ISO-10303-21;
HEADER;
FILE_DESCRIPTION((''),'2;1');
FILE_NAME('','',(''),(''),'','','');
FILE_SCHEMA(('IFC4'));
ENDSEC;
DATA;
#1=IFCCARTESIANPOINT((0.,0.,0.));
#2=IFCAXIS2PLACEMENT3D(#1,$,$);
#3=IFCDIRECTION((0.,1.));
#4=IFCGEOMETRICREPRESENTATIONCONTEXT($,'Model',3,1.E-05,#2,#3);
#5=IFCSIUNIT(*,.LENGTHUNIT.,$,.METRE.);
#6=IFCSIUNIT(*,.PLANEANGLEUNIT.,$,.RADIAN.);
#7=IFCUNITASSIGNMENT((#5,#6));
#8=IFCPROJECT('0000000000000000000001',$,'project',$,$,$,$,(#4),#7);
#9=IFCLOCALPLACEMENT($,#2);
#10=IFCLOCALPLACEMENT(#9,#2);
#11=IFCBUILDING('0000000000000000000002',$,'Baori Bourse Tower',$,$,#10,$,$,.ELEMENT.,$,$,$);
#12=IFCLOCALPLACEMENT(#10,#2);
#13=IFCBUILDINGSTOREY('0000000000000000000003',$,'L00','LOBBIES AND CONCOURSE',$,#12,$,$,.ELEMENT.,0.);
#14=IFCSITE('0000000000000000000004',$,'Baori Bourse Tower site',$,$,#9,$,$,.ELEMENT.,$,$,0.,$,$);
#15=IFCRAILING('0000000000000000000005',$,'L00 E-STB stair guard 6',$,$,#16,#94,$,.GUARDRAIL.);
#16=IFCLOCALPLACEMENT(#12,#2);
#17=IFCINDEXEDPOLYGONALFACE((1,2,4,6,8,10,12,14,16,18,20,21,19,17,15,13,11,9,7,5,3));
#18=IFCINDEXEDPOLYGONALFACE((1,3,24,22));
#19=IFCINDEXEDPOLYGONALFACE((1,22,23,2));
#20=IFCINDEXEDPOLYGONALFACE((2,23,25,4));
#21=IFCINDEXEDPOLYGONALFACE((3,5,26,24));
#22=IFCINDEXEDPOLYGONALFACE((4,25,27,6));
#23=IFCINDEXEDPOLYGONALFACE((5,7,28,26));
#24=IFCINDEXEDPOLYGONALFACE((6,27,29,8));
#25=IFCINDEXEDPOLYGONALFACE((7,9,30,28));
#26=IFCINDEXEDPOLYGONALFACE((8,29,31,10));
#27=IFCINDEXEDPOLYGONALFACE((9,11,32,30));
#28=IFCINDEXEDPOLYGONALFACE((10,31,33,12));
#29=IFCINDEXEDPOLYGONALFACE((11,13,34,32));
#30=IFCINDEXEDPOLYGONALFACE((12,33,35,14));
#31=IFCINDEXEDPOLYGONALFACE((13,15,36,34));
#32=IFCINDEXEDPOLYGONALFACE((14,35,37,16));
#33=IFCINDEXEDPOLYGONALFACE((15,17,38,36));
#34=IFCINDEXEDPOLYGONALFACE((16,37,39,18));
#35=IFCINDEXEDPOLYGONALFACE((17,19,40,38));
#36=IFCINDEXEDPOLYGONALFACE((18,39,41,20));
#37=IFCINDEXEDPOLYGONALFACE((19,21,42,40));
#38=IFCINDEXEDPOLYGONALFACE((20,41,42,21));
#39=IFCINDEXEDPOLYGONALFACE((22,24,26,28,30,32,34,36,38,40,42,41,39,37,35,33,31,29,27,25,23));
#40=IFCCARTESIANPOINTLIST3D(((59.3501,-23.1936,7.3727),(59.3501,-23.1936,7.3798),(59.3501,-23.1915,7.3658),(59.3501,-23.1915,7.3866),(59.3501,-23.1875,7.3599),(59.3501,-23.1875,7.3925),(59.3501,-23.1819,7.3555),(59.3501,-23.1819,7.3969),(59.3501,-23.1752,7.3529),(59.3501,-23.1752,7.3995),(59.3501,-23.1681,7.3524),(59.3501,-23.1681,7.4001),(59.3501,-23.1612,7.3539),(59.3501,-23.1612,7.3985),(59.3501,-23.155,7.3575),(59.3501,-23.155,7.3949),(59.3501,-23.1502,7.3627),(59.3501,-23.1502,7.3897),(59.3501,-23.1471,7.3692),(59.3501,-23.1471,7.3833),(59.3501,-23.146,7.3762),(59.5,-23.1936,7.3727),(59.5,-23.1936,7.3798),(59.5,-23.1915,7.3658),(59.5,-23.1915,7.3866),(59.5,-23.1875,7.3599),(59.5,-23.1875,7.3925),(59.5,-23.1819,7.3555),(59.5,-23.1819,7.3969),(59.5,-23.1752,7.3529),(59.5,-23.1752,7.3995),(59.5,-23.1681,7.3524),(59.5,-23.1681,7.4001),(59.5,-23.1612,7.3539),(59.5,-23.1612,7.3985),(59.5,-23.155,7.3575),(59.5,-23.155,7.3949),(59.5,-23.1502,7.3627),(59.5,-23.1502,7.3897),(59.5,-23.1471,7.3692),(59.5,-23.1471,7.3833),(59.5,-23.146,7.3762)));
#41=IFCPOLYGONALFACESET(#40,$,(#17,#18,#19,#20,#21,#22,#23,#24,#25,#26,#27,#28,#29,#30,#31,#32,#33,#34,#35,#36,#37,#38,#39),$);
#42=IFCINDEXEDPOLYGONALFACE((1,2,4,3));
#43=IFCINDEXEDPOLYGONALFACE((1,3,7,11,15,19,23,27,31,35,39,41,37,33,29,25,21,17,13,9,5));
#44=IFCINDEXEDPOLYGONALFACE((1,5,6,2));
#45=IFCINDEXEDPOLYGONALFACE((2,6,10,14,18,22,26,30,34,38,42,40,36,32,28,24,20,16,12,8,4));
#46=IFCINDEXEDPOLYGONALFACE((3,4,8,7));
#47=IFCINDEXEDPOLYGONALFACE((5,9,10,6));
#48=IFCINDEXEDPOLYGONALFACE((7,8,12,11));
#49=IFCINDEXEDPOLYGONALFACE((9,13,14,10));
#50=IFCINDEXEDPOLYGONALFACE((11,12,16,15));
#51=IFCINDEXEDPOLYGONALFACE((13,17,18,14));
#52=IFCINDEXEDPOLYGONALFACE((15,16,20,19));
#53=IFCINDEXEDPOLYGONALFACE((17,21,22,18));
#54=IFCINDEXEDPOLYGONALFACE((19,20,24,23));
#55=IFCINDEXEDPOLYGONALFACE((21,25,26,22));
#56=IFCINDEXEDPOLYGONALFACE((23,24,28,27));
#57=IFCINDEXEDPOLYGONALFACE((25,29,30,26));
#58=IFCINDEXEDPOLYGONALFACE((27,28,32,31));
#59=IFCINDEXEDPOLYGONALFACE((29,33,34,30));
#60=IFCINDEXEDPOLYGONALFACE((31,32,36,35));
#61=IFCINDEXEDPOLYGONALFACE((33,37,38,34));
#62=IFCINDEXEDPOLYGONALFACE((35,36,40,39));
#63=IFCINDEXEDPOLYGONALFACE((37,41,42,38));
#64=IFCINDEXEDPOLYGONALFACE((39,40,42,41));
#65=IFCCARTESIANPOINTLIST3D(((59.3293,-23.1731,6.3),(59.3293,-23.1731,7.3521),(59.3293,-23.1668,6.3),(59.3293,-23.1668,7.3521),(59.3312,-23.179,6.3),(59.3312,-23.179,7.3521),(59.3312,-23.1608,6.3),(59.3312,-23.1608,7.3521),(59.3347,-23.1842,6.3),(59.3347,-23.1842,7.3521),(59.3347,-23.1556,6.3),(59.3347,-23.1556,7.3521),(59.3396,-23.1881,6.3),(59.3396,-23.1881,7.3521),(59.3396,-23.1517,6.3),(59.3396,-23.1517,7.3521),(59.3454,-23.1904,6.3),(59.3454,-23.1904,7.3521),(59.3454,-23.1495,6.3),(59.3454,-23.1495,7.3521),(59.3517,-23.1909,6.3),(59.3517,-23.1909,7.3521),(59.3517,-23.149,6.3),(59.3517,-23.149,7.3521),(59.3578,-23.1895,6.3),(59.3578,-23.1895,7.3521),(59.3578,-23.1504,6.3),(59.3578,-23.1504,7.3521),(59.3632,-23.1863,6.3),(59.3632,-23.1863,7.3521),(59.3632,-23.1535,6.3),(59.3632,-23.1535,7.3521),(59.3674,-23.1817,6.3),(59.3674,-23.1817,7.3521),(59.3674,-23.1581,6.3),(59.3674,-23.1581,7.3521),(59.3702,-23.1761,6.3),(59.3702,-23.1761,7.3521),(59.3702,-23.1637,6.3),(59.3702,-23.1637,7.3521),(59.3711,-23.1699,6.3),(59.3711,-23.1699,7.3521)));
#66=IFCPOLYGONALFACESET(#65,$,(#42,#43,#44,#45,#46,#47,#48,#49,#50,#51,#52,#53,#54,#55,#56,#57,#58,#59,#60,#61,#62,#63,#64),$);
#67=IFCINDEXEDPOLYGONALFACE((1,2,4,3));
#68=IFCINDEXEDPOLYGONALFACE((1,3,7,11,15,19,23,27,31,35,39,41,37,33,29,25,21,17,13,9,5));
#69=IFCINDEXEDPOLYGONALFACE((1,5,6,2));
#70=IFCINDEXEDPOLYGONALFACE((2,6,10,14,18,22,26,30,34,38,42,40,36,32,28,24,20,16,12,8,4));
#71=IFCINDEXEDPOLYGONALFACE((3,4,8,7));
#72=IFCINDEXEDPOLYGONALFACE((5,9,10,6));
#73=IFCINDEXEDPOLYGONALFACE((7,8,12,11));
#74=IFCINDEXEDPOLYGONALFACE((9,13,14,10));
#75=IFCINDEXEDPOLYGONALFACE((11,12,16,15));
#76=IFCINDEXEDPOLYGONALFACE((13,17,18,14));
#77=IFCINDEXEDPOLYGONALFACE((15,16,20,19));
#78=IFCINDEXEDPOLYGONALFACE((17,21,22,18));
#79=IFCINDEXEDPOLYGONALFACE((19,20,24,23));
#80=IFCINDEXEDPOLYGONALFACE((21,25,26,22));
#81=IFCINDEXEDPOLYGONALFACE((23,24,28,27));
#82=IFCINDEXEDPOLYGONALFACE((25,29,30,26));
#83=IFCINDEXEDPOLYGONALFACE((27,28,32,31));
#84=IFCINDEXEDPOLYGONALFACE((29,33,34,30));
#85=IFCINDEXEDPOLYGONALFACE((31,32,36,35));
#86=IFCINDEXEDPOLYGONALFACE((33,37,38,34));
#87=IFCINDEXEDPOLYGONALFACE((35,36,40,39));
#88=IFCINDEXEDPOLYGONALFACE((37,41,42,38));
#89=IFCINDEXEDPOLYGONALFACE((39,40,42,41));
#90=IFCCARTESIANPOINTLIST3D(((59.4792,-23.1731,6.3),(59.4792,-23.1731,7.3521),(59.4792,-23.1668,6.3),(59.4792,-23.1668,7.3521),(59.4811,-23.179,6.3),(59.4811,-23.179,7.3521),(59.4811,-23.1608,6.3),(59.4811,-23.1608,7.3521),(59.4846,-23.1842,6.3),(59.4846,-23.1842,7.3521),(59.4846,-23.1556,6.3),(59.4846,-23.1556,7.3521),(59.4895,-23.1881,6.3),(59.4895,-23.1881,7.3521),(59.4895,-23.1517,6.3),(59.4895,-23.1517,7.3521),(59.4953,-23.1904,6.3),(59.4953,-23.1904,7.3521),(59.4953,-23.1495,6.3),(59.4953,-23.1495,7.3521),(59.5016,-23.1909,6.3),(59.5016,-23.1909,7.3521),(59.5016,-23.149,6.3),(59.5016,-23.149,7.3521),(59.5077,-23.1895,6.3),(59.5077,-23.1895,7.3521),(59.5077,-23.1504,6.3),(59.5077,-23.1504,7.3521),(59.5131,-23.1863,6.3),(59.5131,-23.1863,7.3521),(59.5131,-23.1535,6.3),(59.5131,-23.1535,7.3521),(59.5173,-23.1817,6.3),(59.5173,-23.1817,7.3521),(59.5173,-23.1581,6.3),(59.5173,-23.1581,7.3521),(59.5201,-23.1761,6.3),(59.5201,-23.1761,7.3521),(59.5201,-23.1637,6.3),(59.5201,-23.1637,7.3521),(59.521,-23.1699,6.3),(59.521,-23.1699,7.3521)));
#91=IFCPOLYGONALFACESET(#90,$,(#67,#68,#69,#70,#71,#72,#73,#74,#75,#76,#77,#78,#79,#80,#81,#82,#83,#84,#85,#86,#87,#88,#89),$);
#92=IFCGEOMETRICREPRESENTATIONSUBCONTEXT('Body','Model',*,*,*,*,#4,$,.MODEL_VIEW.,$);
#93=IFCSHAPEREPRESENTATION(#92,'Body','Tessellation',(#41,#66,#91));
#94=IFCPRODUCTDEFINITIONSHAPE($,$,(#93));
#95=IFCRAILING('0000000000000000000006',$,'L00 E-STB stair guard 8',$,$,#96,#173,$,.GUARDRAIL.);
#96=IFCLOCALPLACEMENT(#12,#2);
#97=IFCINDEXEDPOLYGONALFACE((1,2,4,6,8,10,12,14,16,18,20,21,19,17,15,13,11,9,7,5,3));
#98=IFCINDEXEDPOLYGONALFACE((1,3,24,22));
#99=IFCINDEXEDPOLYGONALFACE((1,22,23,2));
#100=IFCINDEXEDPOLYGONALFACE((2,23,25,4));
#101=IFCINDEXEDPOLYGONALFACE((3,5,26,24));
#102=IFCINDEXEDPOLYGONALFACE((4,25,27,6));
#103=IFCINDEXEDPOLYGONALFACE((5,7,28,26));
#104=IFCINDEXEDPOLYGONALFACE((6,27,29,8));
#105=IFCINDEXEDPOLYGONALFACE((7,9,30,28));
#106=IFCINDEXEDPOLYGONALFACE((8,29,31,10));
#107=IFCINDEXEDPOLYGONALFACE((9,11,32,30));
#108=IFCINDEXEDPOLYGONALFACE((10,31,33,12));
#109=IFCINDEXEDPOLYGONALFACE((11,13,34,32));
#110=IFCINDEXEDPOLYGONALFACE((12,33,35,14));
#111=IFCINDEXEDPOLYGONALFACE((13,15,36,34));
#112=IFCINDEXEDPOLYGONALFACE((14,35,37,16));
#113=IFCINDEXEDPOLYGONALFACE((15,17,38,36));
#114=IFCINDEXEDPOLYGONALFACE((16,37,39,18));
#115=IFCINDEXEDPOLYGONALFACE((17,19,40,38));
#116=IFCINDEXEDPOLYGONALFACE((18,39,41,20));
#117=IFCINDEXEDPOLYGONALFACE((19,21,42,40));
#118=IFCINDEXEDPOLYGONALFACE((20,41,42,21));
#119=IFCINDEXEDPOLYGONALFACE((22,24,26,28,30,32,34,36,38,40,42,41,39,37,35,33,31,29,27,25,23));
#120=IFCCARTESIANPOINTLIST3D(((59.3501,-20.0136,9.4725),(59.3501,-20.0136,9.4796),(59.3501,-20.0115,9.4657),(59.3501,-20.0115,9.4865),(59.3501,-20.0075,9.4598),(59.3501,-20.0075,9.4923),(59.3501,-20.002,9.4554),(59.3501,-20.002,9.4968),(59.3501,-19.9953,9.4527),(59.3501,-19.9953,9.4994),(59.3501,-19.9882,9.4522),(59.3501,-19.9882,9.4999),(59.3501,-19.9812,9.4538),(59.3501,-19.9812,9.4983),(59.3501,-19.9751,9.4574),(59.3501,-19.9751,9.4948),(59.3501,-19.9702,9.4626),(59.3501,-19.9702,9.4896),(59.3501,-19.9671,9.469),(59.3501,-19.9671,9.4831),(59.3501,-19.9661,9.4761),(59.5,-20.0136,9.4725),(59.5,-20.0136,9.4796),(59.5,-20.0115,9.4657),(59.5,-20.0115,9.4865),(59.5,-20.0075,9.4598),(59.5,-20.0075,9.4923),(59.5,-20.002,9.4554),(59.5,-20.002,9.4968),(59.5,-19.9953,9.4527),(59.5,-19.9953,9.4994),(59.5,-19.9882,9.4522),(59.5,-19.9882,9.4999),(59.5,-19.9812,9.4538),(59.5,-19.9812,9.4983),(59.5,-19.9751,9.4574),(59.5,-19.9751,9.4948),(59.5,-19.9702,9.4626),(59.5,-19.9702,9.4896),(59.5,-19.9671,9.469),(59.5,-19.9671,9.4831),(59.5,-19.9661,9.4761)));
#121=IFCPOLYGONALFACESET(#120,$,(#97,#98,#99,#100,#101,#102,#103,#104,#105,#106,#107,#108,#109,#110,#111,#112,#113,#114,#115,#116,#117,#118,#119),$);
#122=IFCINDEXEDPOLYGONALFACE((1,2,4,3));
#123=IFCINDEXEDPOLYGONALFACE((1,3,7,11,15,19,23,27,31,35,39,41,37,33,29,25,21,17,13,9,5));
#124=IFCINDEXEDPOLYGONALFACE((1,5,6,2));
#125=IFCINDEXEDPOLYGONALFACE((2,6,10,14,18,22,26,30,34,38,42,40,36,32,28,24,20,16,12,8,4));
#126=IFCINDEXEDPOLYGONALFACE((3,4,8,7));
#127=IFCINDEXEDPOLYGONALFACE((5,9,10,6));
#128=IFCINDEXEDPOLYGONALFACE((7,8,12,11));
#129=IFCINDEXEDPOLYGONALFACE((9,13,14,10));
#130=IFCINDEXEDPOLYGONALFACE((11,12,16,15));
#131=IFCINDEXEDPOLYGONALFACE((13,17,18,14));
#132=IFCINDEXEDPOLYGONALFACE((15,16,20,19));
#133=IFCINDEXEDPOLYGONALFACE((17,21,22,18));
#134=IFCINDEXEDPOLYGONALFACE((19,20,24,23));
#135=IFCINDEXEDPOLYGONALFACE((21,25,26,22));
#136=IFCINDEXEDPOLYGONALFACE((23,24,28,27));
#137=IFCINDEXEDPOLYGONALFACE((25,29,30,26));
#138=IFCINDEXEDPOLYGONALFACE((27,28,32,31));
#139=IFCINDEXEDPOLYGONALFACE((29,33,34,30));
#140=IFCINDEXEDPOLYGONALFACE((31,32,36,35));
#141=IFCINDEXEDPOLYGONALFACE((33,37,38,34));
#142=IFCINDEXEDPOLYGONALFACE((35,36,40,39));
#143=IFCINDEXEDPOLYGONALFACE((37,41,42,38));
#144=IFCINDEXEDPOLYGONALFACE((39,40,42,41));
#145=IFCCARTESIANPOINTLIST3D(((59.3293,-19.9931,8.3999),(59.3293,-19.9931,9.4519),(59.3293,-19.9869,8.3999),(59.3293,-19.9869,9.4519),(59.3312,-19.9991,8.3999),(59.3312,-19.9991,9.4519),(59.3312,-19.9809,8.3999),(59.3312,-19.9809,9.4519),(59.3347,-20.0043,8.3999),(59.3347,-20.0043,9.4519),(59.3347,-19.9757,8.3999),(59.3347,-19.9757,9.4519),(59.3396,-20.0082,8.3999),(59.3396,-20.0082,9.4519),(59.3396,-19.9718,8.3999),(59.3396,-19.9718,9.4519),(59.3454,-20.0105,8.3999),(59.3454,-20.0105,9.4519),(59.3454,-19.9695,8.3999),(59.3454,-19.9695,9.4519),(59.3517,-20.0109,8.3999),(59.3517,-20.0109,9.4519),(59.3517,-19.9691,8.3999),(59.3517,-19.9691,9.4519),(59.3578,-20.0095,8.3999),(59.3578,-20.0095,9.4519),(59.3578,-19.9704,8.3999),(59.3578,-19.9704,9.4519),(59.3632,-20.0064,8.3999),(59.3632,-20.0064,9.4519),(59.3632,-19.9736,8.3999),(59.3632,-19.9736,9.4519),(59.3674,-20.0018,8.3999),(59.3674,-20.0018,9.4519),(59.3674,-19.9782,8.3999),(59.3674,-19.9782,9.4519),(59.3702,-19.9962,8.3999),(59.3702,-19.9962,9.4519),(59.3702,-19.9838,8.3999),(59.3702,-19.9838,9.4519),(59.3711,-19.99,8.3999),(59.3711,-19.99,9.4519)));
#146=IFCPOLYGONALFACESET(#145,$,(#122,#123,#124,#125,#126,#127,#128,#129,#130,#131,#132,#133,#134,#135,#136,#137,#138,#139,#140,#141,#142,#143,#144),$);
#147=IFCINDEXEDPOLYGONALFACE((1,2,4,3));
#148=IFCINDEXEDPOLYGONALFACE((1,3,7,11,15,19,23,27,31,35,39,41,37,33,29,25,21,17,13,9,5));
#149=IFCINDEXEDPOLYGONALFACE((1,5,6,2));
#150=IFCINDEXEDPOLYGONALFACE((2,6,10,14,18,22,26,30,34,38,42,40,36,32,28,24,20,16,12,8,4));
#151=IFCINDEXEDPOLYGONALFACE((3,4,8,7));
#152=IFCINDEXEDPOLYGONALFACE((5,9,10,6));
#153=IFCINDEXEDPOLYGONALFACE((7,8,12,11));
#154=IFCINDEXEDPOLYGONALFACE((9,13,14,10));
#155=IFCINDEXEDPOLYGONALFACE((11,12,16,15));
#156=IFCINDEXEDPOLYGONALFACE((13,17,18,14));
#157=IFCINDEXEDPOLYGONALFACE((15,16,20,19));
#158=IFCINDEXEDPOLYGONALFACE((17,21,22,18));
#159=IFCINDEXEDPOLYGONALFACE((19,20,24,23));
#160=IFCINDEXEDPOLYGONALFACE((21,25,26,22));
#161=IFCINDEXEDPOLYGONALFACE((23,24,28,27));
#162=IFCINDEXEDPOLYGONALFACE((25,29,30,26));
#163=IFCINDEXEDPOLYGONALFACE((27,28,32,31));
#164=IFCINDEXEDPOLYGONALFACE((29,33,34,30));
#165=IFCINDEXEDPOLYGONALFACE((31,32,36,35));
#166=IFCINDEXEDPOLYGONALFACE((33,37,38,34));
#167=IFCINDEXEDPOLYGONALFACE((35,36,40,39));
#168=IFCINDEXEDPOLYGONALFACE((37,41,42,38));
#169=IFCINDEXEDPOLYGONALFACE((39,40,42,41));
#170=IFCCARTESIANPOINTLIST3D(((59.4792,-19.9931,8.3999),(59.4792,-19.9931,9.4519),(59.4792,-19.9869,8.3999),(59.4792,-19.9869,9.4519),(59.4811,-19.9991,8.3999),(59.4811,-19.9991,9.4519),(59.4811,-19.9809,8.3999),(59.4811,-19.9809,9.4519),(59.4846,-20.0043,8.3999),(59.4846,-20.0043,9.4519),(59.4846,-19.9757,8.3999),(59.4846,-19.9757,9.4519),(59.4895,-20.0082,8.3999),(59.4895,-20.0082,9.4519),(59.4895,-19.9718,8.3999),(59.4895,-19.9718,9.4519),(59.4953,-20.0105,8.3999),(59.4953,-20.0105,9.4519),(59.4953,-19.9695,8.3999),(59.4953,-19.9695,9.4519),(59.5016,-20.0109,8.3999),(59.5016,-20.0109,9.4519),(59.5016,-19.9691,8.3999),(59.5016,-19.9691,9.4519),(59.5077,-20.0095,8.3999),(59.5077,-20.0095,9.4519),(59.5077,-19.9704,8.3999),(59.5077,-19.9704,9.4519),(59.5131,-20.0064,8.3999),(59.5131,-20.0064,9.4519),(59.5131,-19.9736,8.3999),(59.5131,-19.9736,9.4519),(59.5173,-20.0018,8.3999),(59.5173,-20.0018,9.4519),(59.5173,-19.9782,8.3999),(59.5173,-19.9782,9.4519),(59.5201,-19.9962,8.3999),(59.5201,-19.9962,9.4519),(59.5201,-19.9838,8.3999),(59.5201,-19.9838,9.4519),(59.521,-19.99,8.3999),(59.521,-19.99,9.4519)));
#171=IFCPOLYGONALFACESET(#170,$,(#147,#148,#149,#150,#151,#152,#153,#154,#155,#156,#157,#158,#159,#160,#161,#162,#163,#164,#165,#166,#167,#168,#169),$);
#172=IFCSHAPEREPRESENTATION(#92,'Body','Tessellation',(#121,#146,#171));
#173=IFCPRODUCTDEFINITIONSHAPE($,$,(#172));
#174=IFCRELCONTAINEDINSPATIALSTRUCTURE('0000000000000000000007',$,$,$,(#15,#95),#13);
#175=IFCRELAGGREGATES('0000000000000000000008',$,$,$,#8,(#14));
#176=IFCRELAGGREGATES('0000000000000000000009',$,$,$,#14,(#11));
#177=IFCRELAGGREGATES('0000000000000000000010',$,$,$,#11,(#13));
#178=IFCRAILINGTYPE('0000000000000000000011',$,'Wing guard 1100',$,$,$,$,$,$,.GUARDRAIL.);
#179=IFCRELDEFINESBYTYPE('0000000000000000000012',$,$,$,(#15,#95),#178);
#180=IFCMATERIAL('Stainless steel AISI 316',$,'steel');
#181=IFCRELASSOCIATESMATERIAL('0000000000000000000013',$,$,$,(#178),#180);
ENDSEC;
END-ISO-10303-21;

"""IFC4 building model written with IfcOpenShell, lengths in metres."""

from ifc_helpers import new_model, si_unit, direction, frame, origin, origin_2d, place, context, subcontext, project, spatial, circle, extrude, material, type_object, element, save


model = new_model("IFC4")

# Units and contexts
model_context = context("Model", 3, precision=1e-05, world=origin(), true_north=direction((0.0, 1.0)))
body_context = subcontext(model_context, "Body", "Model", "MODEL_VIEW")
ifc_project = project(units=[si_unit("LENGTHUNIT", "METRE"), si_unit("PLANEANGLEUNIT", "RADIAN")], contexts=[model_context])

# Site, building, storey
site_placement = place(None, origin())
site = spatial("IfcSite", under=ifc_project, at=site_placement, Name="Baori Bourse Tower site", CompositionType="ELEMENT", RefElevation=0.0)
building_placement = place(site_placement, origin())
building = spatial("IfcBuilding", under=site, at=building_placement, Name="Baori Bourse Tower", CompositionType="ELEMENT")
storey_placement = place(building_placement, origin())
storey = spatial("IfcBuildingStorey", under=building, at=storey_placement, Name="L00", Description="LOBBIES AND CONCOURSE", CompositionType="ELEMENT", Elevation=0.0)

# Railings
ifc_material_1 = material(Name="Stainless steel AISI 316", Category="steel")
railing_type_1 = type_object("IfcRailingType", Name="Wing guard 1100", PredefinedType="GUARDRAIL", material=ifc_material_1)
for number, where, name in (
    (1, (59.3501, -23.1699, 6.3), "L00 E-STB stair guard 6"),
    (2, (59.3501, -19.99, 8.3999), "L00 E-STB stair guard 8"),
):
    element("IfcRailing", number, at=place(storey_placement, frame(where)), inside=storey, type_object=railing_type_1, Name=name, PredefinedType="GUARDRAIL", context=body_context, shape_type="SweptSolid", body=[
        extrude(circle(Radius=0.0239, at=origin_2d()), frame((0.0, 0.0, 1.0762), z_axis=(1.0, 0.0, 0.0), x_axis=(0.0, 1.0, 0.0)), (0.0, 0.0, 1.0), 0.1499),
        extrude(circle(Radius=0.021, at=origin_2d()), origin(), (0.0, 0.0, 1.0), 1.052),
        extrude(circle(Radius=0.021, at=origin_2d()), frame((0.1499, 0.0, 0.0)), (0.0, 0.0, 1.0), 1.052),
    ])

save(model, "model.ifc")
